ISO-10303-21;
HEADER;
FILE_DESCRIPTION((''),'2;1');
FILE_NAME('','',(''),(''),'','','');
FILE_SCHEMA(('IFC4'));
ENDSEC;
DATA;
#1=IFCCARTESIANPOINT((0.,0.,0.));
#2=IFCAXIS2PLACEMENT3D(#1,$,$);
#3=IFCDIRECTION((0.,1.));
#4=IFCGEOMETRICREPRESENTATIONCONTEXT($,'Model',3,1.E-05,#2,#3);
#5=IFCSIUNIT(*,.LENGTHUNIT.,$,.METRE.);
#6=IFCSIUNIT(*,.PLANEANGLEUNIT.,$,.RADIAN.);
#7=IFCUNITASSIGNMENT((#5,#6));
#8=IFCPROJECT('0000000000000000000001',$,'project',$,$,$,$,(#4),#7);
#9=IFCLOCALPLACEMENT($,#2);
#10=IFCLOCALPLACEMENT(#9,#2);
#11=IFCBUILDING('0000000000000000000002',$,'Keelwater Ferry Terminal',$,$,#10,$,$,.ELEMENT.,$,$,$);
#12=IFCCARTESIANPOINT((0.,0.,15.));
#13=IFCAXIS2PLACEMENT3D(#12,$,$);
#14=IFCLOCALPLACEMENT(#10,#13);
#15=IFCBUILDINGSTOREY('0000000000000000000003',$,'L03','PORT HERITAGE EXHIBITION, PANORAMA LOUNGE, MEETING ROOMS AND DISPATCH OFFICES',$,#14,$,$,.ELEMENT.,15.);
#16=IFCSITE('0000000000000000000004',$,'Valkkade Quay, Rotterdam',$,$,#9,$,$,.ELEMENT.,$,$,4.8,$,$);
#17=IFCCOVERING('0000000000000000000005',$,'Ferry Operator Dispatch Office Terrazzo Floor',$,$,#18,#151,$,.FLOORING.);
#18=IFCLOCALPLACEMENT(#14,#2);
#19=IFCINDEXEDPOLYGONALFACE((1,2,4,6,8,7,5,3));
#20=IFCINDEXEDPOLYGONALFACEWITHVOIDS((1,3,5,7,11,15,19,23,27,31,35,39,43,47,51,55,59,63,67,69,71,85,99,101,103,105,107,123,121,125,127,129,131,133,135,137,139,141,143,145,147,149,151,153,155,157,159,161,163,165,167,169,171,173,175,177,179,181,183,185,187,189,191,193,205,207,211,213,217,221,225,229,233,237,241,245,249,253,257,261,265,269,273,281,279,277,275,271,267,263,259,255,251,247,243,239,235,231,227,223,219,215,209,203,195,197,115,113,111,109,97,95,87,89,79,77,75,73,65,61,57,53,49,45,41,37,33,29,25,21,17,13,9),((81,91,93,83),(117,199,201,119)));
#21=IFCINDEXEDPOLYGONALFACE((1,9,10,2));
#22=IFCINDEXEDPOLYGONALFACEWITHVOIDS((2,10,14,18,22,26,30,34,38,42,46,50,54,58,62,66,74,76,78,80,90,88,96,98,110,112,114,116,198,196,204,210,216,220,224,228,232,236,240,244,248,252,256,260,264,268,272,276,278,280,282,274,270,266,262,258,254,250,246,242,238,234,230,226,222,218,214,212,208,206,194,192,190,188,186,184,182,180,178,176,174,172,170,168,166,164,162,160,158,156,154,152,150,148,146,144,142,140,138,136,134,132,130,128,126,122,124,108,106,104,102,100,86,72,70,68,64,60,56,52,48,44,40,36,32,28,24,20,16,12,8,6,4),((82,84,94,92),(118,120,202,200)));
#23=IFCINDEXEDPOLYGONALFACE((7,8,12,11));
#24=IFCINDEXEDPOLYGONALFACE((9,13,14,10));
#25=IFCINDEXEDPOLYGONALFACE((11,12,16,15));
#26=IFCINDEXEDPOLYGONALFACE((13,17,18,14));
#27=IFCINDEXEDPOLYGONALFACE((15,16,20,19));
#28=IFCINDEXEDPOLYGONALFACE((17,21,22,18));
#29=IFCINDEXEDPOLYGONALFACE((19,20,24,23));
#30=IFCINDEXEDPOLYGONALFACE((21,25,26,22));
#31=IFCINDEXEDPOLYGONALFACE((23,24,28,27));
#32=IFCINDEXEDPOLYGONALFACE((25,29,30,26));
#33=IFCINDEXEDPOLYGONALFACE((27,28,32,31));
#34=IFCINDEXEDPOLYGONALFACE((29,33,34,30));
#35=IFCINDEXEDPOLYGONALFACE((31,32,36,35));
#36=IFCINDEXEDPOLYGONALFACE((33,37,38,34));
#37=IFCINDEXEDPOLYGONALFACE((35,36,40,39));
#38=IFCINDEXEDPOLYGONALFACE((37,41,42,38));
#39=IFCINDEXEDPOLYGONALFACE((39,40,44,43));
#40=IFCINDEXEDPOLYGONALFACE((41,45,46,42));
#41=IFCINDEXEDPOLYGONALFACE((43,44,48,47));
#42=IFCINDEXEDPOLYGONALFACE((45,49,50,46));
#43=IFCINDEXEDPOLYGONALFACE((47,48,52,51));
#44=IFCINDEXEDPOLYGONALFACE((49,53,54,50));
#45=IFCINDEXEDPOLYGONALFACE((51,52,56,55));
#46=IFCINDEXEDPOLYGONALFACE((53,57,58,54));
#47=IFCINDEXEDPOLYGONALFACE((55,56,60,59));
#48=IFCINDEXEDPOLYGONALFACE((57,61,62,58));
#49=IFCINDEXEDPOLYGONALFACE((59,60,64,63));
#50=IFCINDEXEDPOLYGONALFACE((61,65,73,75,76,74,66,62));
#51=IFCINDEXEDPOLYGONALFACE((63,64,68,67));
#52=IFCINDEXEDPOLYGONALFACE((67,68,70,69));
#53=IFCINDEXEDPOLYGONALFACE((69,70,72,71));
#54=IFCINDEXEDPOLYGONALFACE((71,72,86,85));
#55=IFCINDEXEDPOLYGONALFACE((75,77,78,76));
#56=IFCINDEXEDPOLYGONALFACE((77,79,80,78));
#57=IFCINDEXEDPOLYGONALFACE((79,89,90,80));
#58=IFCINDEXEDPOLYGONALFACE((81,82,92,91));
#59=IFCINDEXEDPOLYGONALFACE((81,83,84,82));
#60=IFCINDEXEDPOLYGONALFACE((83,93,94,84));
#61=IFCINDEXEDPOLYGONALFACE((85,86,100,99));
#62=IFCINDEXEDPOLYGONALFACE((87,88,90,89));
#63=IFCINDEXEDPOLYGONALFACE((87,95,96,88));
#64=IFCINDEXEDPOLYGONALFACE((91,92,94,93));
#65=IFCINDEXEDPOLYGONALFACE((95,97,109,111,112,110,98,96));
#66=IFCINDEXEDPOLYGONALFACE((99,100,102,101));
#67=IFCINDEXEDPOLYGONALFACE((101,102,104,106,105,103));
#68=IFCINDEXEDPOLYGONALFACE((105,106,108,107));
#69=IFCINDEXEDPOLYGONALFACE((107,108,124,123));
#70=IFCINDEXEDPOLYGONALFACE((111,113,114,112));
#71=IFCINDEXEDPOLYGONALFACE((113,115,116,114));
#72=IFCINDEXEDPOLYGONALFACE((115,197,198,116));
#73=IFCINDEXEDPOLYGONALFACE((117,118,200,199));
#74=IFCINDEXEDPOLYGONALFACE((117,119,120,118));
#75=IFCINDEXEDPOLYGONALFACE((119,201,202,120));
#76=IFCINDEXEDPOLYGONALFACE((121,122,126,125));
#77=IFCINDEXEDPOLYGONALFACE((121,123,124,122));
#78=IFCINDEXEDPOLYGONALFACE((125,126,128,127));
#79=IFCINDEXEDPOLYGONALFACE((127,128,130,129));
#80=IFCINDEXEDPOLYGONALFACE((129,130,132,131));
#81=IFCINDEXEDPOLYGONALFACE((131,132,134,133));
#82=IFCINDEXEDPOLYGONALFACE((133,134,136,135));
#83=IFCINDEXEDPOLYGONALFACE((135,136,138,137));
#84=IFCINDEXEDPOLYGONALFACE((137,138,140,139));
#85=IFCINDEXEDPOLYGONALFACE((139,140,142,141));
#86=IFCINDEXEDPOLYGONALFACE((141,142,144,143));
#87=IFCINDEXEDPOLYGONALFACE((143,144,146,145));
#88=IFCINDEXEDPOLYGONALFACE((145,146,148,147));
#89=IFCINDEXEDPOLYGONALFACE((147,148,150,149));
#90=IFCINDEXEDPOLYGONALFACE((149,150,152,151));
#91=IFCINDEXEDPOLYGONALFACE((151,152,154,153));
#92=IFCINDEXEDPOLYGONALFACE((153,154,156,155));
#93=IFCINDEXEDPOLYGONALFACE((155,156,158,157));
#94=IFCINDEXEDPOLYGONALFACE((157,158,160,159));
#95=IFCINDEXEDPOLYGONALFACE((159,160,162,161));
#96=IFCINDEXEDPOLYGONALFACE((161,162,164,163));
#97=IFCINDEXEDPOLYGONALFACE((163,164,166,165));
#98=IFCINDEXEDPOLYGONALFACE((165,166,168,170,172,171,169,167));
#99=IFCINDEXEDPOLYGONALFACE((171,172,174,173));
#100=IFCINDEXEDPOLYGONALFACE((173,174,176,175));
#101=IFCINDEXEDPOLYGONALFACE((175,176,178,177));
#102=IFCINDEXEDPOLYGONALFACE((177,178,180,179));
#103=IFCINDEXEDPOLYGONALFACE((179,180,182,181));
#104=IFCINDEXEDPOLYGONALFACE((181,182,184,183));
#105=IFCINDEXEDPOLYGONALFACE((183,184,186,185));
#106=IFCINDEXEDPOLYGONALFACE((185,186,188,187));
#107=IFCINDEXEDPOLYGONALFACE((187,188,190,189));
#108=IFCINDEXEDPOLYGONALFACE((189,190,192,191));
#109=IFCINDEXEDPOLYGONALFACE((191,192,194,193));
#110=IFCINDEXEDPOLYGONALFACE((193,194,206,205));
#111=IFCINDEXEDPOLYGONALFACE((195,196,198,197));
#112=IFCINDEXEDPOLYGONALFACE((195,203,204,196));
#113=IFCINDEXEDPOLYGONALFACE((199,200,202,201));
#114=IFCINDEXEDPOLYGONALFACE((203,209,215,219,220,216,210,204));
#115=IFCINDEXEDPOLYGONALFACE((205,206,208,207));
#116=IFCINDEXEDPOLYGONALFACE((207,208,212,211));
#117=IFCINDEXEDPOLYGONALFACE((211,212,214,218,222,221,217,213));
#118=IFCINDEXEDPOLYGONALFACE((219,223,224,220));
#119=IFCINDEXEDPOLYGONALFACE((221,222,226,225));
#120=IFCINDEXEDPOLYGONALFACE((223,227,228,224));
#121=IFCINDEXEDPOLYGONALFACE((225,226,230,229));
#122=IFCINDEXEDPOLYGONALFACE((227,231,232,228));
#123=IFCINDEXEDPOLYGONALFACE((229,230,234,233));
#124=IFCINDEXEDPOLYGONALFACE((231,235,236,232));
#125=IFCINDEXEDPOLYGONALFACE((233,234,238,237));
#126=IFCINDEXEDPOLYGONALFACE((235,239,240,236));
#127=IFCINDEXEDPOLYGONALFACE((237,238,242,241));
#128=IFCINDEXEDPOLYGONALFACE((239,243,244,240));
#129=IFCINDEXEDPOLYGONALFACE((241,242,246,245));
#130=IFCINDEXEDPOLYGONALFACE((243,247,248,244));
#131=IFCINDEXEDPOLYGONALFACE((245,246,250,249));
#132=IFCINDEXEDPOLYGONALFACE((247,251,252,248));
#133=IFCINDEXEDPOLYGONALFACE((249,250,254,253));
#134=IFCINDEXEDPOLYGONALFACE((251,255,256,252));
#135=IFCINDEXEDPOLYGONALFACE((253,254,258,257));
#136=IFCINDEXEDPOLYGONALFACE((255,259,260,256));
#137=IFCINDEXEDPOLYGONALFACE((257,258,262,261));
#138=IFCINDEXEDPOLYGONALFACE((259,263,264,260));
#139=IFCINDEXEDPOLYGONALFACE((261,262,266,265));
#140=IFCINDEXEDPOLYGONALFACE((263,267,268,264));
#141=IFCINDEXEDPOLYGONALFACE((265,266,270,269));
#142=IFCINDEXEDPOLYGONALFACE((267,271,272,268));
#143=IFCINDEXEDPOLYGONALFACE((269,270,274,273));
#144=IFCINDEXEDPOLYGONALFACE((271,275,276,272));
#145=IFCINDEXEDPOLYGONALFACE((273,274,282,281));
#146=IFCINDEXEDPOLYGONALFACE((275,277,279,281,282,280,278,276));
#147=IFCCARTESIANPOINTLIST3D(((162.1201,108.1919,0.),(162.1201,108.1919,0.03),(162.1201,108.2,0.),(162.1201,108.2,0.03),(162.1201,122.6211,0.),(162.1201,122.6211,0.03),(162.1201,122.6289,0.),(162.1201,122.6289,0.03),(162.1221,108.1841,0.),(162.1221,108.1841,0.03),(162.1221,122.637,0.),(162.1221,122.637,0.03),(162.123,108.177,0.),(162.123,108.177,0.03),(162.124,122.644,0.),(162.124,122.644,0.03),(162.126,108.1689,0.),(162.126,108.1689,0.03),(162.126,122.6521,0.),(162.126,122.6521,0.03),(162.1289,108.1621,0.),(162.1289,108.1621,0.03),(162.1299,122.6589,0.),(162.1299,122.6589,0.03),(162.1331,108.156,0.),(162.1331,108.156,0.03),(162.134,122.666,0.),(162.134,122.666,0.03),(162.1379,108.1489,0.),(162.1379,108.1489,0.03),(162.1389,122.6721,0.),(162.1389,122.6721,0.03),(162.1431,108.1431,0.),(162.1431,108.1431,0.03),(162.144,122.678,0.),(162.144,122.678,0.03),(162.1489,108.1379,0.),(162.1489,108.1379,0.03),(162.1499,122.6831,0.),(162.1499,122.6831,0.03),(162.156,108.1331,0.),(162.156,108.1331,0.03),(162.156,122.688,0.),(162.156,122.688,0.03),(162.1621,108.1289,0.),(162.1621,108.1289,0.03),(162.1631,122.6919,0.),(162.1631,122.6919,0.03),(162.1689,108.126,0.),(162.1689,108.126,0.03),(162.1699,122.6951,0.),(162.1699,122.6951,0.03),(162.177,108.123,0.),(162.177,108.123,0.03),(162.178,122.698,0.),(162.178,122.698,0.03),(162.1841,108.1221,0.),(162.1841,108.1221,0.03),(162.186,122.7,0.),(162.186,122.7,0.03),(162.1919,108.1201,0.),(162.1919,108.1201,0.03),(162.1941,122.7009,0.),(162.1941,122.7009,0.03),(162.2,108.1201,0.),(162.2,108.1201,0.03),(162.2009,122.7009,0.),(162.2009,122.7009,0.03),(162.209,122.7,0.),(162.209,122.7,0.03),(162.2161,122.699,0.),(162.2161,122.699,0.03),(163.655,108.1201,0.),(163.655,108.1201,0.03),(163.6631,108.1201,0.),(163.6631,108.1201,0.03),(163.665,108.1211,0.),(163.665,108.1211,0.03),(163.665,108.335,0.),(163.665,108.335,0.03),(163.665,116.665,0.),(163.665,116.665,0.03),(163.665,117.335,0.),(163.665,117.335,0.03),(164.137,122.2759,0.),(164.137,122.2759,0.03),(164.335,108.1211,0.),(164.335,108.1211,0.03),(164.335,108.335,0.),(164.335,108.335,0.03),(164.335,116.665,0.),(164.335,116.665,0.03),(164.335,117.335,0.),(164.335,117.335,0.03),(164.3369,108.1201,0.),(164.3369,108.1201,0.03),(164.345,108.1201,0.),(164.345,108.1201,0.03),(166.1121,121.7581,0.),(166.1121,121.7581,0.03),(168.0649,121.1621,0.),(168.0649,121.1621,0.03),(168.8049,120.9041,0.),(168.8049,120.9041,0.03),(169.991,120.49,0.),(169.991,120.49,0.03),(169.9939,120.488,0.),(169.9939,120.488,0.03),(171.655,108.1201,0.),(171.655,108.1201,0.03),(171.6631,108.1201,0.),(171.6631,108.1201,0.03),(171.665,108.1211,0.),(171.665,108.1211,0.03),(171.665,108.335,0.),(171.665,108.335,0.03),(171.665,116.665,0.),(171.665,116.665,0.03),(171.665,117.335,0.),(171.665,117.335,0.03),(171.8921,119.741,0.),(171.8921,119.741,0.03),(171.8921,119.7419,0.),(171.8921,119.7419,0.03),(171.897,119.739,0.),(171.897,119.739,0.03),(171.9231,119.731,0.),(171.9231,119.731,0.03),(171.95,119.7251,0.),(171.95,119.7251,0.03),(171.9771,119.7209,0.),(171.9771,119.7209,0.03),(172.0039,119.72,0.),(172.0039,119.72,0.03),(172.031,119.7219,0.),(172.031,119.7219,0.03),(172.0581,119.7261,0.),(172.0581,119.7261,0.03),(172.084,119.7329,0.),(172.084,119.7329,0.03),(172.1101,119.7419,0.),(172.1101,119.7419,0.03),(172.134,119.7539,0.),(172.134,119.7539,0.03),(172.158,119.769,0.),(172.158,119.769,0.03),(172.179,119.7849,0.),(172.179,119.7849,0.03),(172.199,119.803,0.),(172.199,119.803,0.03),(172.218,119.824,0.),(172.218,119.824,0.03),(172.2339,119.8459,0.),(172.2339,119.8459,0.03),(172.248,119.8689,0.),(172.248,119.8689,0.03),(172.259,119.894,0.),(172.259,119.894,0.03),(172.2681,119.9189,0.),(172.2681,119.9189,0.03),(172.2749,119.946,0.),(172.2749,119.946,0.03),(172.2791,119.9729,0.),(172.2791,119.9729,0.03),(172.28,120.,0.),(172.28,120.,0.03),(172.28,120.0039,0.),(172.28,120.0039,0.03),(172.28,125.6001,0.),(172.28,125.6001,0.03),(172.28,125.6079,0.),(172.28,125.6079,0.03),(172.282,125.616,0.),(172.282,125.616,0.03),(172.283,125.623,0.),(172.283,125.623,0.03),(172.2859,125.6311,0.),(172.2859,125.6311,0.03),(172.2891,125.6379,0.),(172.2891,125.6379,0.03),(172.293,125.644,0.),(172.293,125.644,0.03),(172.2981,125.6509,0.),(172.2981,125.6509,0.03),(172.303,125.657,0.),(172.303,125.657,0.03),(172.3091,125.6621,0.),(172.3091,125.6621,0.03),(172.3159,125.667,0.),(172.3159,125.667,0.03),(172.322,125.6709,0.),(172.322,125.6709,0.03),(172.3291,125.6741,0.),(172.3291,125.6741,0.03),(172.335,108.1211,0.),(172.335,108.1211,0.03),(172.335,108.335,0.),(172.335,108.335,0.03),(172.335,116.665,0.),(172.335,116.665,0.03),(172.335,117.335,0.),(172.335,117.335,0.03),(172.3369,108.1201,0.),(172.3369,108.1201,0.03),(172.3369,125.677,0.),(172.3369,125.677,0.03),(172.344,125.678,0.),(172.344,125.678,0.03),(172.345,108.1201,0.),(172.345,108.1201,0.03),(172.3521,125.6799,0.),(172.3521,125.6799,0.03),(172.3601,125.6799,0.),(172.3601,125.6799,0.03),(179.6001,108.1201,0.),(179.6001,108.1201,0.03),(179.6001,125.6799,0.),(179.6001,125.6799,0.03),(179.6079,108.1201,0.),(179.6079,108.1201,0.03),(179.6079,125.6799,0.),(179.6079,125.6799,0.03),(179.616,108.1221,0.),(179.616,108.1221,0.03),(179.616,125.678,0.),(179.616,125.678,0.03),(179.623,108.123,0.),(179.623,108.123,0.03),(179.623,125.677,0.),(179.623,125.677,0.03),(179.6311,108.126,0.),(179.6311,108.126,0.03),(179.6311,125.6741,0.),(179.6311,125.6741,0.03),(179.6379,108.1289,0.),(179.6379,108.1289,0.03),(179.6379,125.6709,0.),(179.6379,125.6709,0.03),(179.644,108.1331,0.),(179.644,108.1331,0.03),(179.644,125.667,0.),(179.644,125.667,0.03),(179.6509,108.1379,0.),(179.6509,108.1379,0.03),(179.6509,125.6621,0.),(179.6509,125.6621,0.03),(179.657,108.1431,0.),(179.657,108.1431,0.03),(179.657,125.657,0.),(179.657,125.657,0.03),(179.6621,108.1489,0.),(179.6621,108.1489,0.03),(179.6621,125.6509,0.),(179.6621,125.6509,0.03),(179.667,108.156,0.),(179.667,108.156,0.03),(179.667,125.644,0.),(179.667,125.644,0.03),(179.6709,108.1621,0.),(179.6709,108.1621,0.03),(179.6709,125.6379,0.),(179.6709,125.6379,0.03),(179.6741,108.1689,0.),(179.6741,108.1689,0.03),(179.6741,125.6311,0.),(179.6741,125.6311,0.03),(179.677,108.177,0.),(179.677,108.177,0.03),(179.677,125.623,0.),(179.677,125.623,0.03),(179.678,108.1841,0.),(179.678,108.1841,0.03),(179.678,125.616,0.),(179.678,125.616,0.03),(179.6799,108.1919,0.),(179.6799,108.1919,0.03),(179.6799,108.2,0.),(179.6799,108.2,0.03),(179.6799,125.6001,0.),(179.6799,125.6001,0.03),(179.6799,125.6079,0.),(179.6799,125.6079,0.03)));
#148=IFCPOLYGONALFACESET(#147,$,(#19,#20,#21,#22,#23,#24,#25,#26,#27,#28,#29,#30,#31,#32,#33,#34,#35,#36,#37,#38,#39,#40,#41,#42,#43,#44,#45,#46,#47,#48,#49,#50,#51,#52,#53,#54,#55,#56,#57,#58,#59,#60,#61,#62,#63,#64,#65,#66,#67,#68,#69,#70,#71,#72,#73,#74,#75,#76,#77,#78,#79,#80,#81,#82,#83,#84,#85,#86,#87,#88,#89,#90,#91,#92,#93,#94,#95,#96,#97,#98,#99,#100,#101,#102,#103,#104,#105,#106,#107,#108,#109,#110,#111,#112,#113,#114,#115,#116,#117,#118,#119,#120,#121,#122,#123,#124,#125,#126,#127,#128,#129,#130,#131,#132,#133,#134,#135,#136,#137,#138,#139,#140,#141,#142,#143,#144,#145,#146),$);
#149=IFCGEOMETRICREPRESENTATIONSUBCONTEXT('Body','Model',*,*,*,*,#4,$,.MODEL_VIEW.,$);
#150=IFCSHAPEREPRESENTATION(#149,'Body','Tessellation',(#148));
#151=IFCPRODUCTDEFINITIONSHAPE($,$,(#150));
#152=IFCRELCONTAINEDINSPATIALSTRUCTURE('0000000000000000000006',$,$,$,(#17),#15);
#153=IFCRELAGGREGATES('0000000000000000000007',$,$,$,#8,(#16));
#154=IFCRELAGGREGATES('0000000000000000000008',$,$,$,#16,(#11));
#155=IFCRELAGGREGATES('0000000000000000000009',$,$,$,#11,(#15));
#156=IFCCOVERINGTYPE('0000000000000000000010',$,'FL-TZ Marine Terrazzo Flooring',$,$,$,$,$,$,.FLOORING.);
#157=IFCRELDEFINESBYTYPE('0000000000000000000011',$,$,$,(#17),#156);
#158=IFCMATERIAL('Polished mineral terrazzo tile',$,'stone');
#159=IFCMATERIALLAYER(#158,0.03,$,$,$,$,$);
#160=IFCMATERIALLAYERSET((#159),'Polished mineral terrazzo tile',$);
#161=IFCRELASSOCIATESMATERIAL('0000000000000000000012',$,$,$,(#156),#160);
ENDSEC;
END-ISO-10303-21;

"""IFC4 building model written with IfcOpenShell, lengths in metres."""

from ifc_helpers import new_model, si_unit, direction, frame, origin, place, context, subcontext, project, spatial, polyline, outline, extrude, material, layer, layer_set, type_object, element, save


model = new_model("IFC4")

# Units and contexts
model_context = context("Model", 3, precision=1e-05, world=origin(), true_north=direction((0.0, 1.0)))
body_context = subcontext(model_context, "Body", "Model", "MODEL_VIEW")
ifc_project = project(units=[si_unit("LENGTHUNIT", "METRE"), si_unit("PLANEANGLEUNIT", "RADIAN")], contexts=[model_context])

# Site, building, storey
site_placement = place(None, origin())
site = spatial("IfcSite", under=ifc_project, at=site_placement, Name="Valkkade Quay, Rotterdam", CompositionType="ELEMENT", RefElevation=4.8)
building_placement = place(site_placement, origin())
building = spatial("IfcBuilding", under=site, at=building_placement, Name="Keelwater Ferry Terminal", CompositionType="ELEMENT")
storey_placement = place(building_placement, frame((0.0, 0.0, 15.0)))
storey = spatial("IfcBuildingStorey", under=building, at=storey_placement, Name="L03", Description="PORT HERITAGE EXHIBITION, PANORAMA LOUNGE, MEETING ROOMS AND DISPATCH OFFICES", CompositionType="ELEMENT", Elevation=15.0)

# Covering
ifc_material_1 = material(Name="Polished mineral terrazzo tile", Category="stone")
ifc_layer_1 = layer(ifc_material_1, 0.03)
ifc_layer_set_1 = layer_set([ifc_layer_1], Name="Polished mineral terrazzo tile")
covering_type_1 = type_object("IfcCoveringType", Name="FL-TZ Marine Terrazzo Flooring", PredefinedType="FLOORING", material=ifc_layer_set_1)
covering_1_placement = place(storey_placement, origin())
element("IfcCovering", 1, at=covering_1_placement, inside=storey, type_object=covering_type_1, Name="Ferry Operator Dispatch Office Terrazzo Floor", PredefinedType="FLOORING", context=body_context, shape_type="SweptSolid", body=[
    extrude(outline(polyline([(169.9939, 120.488), (171.8921, 119.7419), (171.8921, 119.741), (171.897, 119.739), (171.9231, 119.731), (171.95, 119.7251), (171.9771, 119.7209), (172.0039, 119.72), (172.031, 119.7219), (172.0581, 119.7261), (172.084, 119.7329), (172.1101, 119.7419), (172.134, 119.7539), (172.158, 119.769), (172.179, 119.7849), (172.199, 119.803), (172.218, 119.824), (172.2339, 119.8459), (172.248, 119.8689), (172.259, 119.894), (172.2681, 119.9189), (172.2749, 119.946), (172.2791, 119.9729), (172.28, 120.0), (172.28, 120.0039), (172.28, 125.6001), (172.28, 125.6079), (172.282, 125.616), (172.283, 125.623), (172.2859, 125.6311), (172.2891, 125.6379), (172.293, 125.644), (172.2981, 125.6509), (172.303, 125.657), (172.3091, 125.6621), (172.3159, 125.667), (172.322, 125.6709), (172.3291, 125.6741), (172.3369, 125.677), (172.344, 125.678), (172.3521, 125.6799), (172.3601, 125.6799), (179.6001, 125.6799), (179.6079, 125.6799), (179.616, 125.678), (179.623, 125.677), (179.6311, 125.6741), (179.6379, 125.6709), (179.644, 125.667), (179.6509, 125.6621), (179.657, 125.657), (179.6621, 125.6509), (179.667, 125.644), (179.6709, 125.6379), (179.6741, 125.6311), (179.677, 125.623), (179.678, 125.616), (179.6799, 125.6079), (179.6799, 125.6001), (179.6799, 108.2), (179.6799, 108.1919), (179.678, 108.1841), (179.677, 108.177), (179.6741, 108.1689), (179.6709, 108.1621), (179.667, 108.156), (179.6621, 108.1489), (179.657, 108.1431), (179.6509, 108.1379), (179.644, 108.1331), (179.6379, 108.1289), (179.6311, 108.126), (179.623, 108.123), (179.616, 108.1221), (179.6079, 108.1201), (179.6001, 108.1201), (172.345, 108.1201), (172.3369, 108.1201), (172.335, 108.1211), (172.335, 108.335), (171.665, 108.335), (171.665, 108.1211), (171.6631, 108.1201), (171.655, 108.1201), (164.345, 108.1201), (164.3369, 108.1201), (164.335, 108.1211), (164.335, 108.335), (163.665, 108.335), (163.665, 108.1211), (163.6631, 108.1201), (163.655, 108.1201), (162.2, 108.1201), (162.1919, 108.1201), (162.1841, 108.1221), (162.177, 108.123), (162.1689, 108.126), (162.1621, 108.1289), (162.156, 108.1331), (162.1489, 108.1379), (162.1431, 108.1431), (162.1379, 108.1489), (162.1331, 108.156), (162.1289, 108.1621), (162.126, 108.1689), (162.123, 108.177), (162.1221, 108.1841), (162.1201, 108.1919), (162.1201, 108.2), (162.1201, 122.6211), (162.1201, 122.6289), (162.1221, 122.637), (162.124, 122.644), (162.126, 122.6521), (162.1299, 122.6589), (162.134, 122.666), (162.1389, 122.6721), (162.144, 122.678), (162.1499, 122.6831), (162.156, 122.688), (162.1631, 122.6919), (162.1699, 122.6951), (162.178, 122.698), (162.186, 122.7), (162.1941, 122.7009), (162.2009, 122.7009), (162.209, 122.7), (162.2161, 122.699), (164.137, 122.2759), (166.1121, 121.7581), (168.0649, 121.1621), (168.8049, 120.9041), (169.991, 120.49), (169.9939, 120.488)]), holes=[polyline([(163.665, 116.665), (164.335, 116.665), (164.335, 117.335), (163.665, 117.335), (163.665, 116.665)]), polyline([(171.665, 116.665), (172.335, 116.665), (172.335, 117.335), (171.665, 117.335), (171.665, 116.665)])]), origin(), (0.0, 0.0, 1.0), 0.03),
])

save(model, "model.ifc")
